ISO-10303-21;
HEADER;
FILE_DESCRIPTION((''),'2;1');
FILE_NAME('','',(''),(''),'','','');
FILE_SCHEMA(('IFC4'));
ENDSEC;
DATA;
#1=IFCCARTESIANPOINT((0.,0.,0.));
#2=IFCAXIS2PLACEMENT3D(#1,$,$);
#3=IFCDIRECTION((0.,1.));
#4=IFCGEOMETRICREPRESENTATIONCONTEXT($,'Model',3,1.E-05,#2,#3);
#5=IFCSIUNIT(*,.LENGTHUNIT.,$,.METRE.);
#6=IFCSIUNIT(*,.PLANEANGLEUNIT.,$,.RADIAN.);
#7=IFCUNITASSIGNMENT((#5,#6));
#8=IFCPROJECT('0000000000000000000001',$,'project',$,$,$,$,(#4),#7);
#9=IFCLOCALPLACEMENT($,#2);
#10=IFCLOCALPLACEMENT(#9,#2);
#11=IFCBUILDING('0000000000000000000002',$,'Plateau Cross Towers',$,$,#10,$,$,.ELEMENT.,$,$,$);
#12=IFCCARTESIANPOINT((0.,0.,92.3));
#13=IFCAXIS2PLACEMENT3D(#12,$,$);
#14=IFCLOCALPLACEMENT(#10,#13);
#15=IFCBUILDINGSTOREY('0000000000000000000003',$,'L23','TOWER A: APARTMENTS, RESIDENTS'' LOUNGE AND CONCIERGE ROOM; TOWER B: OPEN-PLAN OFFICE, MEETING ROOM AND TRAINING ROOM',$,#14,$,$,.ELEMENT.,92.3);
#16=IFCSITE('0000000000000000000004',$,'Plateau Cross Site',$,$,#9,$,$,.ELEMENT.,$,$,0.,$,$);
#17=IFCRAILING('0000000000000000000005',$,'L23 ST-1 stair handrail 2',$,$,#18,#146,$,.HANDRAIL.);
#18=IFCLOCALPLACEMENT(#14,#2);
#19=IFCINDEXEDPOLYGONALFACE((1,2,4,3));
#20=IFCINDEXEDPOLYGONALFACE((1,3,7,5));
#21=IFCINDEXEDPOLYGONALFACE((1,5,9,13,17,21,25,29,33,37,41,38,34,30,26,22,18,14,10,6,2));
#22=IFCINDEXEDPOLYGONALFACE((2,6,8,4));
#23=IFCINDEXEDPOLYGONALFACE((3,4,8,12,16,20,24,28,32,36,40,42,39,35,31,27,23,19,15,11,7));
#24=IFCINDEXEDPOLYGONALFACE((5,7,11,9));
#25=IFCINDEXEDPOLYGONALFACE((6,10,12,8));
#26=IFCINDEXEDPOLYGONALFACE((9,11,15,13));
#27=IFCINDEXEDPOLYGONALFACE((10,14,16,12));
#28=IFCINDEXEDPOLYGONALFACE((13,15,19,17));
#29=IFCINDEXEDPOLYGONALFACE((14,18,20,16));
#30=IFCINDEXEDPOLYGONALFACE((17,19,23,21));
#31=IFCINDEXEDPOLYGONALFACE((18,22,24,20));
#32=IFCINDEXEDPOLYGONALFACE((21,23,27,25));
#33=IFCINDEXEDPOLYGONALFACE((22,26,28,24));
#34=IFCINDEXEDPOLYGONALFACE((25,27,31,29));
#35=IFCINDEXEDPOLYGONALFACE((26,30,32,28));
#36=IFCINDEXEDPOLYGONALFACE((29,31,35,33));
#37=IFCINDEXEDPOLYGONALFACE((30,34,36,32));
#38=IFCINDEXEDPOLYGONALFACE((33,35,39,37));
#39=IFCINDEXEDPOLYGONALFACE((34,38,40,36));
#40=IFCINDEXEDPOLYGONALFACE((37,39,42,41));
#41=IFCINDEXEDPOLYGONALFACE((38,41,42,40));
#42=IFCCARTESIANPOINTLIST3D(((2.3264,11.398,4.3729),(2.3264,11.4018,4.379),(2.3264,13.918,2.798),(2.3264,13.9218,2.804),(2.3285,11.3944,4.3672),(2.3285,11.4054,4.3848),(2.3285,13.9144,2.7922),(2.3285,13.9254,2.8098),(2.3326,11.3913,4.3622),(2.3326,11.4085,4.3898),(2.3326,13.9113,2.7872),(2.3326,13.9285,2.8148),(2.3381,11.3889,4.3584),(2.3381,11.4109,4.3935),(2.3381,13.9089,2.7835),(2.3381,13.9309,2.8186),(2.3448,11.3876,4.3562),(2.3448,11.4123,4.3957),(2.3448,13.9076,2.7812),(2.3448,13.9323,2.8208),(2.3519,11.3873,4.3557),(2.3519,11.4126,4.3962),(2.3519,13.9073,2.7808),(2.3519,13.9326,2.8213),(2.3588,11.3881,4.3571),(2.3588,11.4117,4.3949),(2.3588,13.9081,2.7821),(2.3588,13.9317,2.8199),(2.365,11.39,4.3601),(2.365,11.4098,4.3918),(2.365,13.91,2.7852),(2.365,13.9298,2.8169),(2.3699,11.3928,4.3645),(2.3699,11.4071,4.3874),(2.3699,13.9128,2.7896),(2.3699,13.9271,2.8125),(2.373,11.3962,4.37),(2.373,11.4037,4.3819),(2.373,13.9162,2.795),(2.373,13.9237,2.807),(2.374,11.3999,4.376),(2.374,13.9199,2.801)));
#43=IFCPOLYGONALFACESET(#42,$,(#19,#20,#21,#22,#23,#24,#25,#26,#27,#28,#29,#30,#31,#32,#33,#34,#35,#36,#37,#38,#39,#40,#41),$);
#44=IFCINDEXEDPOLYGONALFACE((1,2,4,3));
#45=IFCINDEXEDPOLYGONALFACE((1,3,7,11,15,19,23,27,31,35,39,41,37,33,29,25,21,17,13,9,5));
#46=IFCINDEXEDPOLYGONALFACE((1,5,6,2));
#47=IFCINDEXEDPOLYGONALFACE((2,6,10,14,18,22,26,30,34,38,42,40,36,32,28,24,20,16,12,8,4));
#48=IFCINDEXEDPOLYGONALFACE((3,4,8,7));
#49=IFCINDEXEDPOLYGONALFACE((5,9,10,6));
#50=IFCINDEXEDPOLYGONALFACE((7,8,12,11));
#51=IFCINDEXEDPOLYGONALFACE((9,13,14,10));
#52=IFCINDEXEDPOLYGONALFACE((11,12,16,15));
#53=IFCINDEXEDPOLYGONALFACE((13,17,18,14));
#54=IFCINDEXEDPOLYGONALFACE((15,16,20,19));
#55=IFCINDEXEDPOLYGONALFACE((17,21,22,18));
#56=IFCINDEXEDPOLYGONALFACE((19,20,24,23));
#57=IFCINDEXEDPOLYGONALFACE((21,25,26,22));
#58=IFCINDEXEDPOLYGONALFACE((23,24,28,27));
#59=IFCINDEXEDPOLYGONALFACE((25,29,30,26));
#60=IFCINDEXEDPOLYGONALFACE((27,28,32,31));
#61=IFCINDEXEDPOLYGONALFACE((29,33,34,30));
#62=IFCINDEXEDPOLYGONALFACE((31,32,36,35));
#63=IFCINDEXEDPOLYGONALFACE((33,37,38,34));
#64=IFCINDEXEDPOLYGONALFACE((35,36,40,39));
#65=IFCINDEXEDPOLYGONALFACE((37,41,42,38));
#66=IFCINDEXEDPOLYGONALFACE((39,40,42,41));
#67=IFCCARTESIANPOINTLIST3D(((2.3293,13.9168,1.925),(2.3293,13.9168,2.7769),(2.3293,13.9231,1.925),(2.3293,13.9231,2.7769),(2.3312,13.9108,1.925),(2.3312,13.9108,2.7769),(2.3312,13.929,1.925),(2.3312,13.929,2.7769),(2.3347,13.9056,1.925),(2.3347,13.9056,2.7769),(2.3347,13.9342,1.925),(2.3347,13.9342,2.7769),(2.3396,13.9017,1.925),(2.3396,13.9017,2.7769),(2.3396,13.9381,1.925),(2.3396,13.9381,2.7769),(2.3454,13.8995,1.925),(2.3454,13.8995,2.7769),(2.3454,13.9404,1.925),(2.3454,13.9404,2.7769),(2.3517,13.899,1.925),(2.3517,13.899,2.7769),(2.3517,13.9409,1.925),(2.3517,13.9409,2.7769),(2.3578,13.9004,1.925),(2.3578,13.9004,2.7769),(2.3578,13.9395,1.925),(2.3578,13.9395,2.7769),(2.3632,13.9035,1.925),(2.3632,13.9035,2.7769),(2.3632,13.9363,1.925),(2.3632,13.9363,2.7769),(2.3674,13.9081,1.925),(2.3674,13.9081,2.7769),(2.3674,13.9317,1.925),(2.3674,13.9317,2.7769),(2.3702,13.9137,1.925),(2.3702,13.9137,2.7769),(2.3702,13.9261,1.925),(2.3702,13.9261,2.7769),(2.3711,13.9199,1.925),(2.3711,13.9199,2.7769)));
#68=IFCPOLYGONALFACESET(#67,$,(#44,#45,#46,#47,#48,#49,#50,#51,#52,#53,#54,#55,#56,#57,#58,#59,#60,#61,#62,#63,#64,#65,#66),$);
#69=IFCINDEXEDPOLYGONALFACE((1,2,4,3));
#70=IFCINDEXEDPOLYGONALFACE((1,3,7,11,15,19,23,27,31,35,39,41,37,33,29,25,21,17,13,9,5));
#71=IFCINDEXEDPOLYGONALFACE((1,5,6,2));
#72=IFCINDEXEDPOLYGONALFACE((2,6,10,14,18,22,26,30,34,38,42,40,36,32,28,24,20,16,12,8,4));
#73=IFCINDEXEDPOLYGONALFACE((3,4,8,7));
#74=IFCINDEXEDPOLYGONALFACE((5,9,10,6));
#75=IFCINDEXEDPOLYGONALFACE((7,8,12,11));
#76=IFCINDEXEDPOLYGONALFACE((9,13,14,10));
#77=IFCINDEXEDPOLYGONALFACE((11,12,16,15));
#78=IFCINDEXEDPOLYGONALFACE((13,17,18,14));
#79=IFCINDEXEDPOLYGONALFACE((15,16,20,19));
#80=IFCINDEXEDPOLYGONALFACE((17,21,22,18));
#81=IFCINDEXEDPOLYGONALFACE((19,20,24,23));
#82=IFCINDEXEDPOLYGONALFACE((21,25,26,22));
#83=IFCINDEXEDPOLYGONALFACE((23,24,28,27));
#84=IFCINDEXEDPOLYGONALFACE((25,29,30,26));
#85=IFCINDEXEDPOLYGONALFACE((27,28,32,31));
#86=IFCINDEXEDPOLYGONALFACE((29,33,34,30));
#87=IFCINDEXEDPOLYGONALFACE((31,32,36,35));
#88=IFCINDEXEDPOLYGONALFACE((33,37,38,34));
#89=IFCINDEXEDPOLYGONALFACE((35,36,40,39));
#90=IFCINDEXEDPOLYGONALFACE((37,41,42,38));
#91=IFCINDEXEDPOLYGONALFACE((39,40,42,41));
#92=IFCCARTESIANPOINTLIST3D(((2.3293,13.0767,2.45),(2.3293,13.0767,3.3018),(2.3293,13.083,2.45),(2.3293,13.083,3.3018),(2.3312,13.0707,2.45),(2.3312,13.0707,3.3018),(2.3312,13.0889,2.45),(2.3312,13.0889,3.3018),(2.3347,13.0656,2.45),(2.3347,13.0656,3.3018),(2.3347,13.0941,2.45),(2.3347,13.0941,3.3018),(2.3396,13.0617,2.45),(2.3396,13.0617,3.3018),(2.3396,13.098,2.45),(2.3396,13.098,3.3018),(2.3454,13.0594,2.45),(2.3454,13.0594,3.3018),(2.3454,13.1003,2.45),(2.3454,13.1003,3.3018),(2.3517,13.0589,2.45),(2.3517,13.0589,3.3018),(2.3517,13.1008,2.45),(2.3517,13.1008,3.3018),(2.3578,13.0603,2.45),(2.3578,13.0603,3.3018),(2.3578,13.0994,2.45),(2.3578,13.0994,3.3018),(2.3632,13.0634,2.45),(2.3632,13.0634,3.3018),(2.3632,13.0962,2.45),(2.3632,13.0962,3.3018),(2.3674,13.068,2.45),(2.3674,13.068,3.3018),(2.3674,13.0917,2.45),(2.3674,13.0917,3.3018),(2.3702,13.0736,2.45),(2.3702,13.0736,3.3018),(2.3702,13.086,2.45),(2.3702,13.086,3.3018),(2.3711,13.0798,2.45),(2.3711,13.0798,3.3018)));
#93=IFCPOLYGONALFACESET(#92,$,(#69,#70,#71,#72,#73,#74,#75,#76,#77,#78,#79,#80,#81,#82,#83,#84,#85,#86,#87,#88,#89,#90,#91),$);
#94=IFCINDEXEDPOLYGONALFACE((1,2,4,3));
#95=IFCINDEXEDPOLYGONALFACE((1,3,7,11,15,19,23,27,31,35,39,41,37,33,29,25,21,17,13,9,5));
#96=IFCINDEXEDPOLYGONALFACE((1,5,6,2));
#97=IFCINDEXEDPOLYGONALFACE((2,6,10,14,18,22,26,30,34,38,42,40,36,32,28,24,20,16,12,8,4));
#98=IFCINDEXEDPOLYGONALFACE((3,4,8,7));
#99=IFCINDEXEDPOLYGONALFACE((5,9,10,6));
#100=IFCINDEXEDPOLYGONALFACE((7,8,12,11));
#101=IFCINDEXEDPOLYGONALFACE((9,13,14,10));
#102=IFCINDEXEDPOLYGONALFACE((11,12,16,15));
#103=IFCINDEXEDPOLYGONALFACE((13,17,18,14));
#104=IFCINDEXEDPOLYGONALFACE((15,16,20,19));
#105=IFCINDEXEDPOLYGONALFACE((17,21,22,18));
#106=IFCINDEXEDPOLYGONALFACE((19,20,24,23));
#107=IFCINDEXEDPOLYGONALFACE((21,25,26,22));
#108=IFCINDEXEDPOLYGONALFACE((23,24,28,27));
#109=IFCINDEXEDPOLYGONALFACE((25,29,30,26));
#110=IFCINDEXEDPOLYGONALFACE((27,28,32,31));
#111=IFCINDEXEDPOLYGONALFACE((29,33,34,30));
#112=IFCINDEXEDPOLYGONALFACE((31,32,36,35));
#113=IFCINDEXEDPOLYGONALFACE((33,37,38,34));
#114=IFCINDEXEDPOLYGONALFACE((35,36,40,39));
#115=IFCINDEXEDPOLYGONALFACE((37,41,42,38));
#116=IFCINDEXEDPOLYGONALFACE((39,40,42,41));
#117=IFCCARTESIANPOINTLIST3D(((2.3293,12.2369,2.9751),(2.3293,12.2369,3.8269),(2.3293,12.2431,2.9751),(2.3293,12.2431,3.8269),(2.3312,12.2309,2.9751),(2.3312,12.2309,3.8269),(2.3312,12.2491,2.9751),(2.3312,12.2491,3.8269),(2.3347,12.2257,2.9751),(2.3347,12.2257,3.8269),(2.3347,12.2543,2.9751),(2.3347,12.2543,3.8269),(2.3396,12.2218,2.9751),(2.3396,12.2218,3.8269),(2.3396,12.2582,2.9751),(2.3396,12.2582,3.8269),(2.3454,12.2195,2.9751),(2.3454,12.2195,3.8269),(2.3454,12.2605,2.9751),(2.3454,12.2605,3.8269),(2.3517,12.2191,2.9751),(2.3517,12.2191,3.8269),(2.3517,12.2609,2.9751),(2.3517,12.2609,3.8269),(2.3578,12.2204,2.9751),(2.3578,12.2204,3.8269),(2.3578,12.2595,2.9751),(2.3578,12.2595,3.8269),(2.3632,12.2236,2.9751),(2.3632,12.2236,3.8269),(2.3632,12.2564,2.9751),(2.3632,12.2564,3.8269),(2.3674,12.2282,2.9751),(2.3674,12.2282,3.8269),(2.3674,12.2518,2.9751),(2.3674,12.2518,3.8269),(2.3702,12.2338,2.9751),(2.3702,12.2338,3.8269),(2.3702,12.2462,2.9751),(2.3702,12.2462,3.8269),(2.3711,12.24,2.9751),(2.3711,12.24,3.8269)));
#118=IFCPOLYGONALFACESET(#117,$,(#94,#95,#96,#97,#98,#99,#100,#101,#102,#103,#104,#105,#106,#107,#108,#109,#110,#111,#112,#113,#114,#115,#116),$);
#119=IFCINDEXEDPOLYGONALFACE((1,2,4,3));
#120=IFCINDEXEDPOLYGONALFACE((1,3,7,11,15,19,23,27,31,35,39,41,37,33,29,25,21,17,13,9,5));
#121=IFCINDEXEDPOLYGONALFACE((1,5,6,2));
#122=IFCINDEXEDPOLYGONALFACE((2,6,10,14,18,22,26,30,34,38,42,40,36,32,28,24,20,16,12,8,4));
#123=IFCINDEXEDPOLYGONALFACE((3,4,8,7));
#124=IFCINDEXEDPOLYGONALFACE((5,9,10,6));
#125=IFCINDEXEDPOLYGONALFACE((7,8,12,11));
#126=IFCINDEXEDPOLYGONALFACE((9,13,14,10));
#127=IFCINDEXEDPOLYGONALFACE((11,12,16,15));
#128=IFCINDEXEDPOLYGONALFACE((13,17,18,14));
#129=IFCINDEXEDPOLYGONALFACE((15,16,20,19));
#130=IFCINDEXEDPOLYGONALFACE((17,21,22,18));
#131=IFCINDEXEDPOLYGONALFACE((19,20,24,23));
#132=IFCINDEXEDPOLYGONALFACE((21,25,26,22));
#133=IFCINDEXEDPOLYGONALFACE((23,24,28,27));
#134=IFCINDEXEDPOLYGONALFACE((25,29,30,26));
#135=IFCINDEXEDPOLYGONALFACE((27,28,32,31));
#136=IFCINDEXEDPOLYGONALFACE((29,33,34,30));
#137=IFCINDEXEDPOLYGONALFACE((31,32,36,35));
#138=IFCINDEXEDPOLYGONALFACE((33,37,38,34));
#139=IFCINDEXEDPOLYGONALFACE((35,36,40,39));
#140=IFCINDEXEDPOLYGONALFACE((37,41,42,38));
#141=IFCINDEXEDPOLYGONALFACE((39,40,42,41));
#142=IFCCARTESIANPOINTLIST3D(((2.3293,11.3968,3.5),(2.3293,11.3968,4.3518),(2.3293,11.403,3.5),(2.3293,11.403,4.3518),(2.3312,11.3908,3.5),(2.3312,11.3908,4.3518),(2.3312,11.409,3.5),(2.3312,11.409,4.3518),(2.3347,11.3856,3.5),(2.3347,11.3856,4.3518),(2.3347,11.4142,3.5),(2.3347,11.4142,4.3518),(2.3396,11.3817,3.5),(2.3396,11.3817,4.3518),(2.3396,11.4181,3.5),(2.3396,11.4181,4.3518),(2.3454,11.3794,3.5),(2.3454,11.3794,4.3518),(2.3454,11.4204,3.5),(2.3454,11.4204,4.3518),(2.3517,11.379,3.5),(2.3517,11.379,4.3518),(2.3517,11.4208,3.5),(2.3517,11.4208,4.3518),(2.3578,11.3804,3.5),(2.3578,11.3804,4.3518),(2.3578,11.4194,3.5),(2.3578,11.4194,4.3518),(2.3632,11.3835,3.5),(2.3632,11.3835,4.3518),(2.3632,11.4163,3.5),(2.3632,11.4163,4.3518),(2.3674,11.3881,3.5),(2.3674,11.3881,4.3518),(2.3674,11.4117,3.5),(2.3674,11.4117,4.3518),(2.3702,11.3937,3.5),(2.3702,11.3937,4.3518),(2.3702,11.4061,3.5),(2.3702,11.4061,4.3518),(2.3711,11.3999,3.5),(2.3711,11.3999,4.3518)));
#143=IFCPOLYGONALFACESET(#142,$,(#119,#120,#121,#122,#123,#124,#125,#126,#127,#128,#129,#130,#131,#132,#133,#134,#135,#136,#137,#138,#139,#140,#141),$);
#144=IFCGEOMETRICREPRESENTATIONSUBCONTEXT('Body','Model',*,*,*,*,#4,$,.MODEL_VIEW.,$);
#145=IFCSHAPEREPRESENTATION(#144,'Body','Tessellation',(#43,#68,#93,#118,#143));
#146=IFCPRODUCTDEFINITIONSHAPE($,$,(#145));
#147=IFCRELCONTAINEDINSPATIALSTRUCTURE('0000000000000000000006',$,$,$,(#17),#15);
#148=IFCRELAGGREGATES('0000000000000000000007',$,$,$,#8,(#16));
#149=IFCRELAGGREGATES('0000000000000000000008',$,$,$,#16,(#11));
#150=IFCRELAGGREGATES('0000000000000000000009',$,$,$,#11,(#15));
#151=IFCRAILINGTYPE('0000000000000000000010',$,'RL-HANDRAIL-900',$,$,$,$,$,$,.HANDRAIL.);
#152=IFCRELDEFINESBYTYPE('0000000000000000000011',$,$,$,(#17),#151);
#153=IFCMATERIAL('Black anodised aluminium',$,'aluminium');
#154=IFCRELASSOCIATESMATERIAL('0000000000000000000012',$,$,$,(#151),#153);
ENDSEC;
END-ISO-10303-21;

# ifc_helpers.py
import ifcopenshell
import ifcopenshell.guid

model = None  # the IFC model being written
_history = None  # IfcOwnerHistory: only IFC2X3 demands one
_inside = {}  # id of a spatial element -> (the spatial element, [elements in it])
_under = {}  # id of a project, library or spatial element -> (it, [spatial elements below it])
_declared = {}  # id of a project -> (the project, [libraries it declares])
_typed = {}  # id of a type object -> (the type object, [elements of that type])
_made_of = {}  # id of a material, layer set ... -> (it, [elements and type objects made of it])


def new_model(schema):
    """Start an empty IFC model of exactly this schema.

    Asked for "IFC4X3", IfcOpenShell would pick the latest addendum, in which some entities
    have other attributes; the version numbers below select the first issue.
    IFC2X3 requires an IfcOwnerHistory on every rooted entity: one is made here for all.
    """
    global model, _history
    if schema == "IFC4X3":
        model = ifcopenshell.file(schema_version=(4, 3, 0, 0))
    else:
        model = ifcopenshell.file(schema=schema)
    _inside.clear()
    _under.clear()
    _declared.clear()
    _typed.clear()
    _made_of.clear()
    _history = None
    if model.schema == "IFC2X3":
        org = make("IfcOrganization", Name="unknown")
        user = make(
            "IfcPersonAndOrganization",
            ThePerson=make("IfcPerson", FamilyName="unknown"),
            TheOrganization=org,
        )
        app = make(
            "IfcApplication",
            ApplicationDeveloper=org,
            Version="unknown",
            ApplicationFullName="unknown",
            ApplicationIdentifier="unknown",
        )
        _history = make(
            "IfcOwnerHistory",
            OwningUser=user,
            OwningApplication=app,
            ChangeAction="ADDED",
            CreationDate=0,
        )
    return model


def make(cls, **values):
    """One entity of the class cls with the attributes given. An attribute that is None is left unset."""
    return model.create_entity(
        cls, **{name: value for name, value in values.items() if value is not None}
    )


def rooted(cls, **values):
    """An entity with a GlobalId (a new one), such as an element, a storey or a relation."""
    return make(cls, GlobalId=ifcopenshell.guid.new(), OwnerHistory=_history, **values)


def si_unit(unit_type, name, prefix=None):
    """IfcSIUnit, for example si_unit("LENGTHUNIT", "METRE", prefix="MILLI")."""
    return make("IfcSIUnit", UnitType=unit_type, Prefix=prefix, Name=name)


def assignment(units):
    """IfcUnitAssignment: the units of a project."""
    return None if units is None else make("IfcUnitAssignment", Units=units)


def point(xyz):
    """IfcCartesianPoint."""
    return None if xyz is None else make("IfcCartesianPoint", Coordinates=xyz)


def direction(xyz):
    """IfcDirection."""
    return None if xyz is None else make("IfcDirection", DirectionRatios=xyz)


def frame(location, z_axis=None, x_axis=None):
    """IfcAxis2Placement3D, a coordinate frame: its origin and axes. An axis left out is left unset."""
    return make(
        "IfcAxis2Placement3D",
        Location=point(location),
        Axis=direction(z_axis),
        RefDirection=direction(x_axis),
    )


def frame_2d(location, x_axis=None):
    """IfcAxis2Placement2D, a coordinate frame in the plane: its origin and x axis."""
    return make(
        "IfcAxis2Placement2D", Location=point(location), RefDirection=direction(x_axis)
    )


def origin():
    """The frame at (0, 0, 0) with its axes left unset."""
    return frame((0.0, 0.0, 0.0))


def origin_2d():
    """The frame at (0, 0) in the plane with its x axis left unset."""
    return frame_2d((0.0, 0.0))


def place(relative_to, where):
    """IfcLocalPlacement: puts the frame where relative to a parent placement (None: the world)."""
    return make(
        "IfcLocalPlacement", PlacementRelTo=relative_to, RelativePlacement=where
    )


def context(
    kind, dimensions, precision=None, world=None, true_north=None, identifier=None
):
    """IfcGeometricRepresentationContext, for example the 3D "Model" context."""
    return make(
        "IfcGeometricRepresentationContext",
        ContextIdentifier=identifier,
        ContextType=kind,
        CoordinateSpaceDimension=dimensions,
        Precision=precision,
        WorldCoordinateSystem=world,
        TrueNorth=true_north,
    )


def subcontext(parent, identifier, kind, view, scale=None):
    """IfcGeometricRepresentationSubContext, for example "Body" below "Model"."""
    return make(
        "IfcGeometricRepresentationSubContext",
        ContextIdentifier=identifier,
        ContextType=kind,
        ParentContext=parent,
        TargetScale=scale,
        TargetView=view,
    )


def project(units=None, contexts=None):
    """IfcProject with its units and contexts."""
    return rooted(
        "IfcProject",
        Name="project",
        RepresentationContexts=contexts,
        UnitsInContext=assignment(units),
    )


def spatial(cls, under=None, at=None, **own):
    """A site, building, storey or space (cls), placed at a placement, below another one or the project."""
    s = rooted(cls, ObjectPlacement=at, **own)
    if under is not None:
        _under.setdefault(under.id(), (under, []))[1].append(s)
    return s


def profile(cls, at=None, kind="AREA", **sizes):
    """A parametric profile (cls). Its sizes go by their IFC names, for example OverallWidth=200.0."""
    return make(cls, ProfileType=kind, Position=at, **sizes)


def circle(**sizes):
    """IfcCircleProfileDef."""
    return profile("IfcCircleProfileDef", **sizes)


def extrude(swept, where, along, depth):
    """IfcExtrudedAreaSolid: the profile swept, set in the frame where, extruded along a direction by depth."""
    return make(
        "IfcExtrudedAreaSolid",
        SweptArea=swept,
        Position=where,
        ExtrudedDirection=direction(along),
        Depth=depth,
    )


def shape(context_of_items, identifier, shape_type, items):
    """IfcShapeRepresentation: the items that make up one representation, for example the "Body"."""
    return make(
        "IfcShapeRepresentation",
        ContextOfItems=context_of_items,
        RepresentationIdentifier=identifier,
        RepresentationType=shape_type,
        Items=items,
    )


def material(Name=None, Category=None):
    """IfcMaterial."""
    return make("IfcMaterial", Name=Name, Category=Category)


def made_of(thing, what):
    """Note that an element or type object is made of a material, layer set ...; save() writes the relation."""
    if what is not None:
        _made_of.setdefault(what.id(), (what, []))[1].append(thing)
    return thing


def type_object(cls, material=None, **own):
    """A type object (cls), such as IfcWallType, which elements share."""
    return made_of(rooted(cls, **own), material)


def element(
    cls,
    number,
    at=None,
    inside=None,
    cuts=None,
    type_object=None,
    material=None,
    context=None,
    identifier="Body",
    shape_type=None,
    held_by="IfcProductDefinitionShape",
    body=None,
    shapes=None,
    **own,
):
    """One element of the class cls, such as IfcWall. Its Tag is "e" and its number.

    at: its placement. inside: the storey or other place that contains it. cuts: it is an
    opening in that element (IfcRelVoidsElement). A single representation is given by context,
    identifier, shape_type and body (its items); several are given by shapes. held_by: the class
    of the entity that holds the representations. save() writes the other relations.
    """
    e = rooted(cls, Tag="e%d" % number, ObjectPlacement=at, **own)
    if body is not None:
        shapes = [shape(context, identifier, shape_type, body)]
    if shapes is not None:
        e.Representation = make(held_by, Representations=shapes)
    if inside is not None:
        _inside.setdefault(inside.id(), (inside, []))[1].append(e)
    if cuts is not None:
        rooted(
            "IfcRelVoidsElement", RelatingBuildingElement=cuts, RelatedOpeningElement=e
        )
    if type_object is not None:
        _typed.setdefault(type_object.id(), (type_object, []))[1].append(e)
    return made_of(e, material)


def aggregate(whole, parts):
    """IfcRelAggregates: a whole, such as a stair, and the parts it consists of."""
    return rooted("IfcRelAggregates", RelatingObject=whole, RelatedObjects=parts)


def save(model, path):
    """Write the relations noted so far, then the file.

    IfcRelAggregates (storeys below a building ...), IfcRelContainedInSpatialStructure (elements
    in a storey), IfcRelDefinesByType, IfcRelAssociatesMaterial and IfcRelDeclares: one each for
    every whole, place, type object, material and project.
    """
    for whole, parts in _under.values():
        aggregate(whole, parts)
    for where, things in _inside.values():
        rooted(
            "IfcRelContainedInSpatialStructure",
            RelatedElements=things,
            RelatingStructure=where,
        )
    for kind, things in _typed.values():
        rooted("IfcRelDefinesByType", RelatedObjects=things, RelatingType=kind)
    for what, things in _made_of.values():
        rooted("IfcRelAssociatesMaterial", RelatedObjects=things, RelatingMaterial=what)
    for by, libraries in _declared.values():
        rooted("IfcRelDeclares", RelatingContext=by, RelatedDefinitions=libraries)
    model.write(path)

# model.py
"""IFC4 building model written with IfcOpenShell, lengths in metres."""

from ifc_helpers import new_model, si_unit, direction, frame, origin, origin_2d, place, context, subcontext, project, spatial, circle, extrude, material, type_object, element, save


model = new_model("IFC4")

# Units and contexts
model_context = context("Model", 3, precision=1e-05, world=origin(), true_north=direction((0.0, 1.0)))
body_context = subcontext(model_context, "Body", "Model", "MODEL_VIEW")
ifc_project = project(units=[si_unit("LENGTHUNIT", "METRE"), si_unit("PLANEANGLEUNIT", "RADIAN")], contexts=[model_context])

# Site, building, storey
site_placement = place(None, origin())
site = spatial("IfcSite", under=ifc_project, at=site_placement, Name="Plateau Cross Site", CompositionType="ELEMENT", RefElevation=0.0)
building_placement = place(site_placement, origin())
building = spatial("IfcBuilding", under=site, at=building_placement, Name="Plateau Cross Towers", CompositionType="ELEMENT")
storey_placement = place(building_placement, frame((0.0, 0.0, 92.3)))
storey = spatial("IfcBuildingStorey", under=building, at=storey_placement, Name="L23", Description="TOWER A: APARTMENTS, RESIDENTS' LOUNGE AND CONCIERGE ROOM; TOWER B: OPEN-PLAN OFFICE, MEETING ROOM AND TRAINING ROOM", CompositionType="ELEMENT", Elevation=92.3)

# Shared definitions
ifc_material_1 = material(Name="Black anodised aluminium", Category="aluminium")

# Railing
railing_type_1 = type_object("IfcRailingType", Name="RL-HANDRAIL-900", PredefinedType="HANDRAIL", material=ifc_material_1)
railing_1_placement = place(storey_placement, frame((2.3501, 13.9199, 1.925)))
element("IfcRailing", 1, at=railing_1_placement, inside=storey, type_object=railing_type_1, Name="L23 ST-1 stair handrail 2", PredefinedType="HANDRAIL", context=body_context, shape_type="SweptSolid", body=[
    extrude(circle(Radius=0.0239, at=origin_2d()), frame((0.0, 0.0, 0.876), z_axis=(0.0, -0.848008, 0.529984), x_axis=(1.0, 0.0, 0.0)), (0.0, 0.0, 1.0), 2.9717),
    extrude(circle(Radius=0.021, at=origin_2d()), origin(), (0.0, 0.0, 1.0), 0.8518),
    extrude(circle(Radius=0.021, at=origin_2d()), frame((0.0, -0.8401, 0.5249)), (0.0, 0.0, 1.0), 0.8518),
    extrude(circle(Radius=0.021, at=origin_2d()), frame((0.0, -1.6799, 1.05)), (0.0, 0.0, 1.0), 0.8518),
    extrude(circle(Radius=0.021, at=origin_2d()), frame((0.0, -2.52, 1.575)), (0.0, 0.0, 1.0), 0.8518),
])

save(model, "model.ifc")
